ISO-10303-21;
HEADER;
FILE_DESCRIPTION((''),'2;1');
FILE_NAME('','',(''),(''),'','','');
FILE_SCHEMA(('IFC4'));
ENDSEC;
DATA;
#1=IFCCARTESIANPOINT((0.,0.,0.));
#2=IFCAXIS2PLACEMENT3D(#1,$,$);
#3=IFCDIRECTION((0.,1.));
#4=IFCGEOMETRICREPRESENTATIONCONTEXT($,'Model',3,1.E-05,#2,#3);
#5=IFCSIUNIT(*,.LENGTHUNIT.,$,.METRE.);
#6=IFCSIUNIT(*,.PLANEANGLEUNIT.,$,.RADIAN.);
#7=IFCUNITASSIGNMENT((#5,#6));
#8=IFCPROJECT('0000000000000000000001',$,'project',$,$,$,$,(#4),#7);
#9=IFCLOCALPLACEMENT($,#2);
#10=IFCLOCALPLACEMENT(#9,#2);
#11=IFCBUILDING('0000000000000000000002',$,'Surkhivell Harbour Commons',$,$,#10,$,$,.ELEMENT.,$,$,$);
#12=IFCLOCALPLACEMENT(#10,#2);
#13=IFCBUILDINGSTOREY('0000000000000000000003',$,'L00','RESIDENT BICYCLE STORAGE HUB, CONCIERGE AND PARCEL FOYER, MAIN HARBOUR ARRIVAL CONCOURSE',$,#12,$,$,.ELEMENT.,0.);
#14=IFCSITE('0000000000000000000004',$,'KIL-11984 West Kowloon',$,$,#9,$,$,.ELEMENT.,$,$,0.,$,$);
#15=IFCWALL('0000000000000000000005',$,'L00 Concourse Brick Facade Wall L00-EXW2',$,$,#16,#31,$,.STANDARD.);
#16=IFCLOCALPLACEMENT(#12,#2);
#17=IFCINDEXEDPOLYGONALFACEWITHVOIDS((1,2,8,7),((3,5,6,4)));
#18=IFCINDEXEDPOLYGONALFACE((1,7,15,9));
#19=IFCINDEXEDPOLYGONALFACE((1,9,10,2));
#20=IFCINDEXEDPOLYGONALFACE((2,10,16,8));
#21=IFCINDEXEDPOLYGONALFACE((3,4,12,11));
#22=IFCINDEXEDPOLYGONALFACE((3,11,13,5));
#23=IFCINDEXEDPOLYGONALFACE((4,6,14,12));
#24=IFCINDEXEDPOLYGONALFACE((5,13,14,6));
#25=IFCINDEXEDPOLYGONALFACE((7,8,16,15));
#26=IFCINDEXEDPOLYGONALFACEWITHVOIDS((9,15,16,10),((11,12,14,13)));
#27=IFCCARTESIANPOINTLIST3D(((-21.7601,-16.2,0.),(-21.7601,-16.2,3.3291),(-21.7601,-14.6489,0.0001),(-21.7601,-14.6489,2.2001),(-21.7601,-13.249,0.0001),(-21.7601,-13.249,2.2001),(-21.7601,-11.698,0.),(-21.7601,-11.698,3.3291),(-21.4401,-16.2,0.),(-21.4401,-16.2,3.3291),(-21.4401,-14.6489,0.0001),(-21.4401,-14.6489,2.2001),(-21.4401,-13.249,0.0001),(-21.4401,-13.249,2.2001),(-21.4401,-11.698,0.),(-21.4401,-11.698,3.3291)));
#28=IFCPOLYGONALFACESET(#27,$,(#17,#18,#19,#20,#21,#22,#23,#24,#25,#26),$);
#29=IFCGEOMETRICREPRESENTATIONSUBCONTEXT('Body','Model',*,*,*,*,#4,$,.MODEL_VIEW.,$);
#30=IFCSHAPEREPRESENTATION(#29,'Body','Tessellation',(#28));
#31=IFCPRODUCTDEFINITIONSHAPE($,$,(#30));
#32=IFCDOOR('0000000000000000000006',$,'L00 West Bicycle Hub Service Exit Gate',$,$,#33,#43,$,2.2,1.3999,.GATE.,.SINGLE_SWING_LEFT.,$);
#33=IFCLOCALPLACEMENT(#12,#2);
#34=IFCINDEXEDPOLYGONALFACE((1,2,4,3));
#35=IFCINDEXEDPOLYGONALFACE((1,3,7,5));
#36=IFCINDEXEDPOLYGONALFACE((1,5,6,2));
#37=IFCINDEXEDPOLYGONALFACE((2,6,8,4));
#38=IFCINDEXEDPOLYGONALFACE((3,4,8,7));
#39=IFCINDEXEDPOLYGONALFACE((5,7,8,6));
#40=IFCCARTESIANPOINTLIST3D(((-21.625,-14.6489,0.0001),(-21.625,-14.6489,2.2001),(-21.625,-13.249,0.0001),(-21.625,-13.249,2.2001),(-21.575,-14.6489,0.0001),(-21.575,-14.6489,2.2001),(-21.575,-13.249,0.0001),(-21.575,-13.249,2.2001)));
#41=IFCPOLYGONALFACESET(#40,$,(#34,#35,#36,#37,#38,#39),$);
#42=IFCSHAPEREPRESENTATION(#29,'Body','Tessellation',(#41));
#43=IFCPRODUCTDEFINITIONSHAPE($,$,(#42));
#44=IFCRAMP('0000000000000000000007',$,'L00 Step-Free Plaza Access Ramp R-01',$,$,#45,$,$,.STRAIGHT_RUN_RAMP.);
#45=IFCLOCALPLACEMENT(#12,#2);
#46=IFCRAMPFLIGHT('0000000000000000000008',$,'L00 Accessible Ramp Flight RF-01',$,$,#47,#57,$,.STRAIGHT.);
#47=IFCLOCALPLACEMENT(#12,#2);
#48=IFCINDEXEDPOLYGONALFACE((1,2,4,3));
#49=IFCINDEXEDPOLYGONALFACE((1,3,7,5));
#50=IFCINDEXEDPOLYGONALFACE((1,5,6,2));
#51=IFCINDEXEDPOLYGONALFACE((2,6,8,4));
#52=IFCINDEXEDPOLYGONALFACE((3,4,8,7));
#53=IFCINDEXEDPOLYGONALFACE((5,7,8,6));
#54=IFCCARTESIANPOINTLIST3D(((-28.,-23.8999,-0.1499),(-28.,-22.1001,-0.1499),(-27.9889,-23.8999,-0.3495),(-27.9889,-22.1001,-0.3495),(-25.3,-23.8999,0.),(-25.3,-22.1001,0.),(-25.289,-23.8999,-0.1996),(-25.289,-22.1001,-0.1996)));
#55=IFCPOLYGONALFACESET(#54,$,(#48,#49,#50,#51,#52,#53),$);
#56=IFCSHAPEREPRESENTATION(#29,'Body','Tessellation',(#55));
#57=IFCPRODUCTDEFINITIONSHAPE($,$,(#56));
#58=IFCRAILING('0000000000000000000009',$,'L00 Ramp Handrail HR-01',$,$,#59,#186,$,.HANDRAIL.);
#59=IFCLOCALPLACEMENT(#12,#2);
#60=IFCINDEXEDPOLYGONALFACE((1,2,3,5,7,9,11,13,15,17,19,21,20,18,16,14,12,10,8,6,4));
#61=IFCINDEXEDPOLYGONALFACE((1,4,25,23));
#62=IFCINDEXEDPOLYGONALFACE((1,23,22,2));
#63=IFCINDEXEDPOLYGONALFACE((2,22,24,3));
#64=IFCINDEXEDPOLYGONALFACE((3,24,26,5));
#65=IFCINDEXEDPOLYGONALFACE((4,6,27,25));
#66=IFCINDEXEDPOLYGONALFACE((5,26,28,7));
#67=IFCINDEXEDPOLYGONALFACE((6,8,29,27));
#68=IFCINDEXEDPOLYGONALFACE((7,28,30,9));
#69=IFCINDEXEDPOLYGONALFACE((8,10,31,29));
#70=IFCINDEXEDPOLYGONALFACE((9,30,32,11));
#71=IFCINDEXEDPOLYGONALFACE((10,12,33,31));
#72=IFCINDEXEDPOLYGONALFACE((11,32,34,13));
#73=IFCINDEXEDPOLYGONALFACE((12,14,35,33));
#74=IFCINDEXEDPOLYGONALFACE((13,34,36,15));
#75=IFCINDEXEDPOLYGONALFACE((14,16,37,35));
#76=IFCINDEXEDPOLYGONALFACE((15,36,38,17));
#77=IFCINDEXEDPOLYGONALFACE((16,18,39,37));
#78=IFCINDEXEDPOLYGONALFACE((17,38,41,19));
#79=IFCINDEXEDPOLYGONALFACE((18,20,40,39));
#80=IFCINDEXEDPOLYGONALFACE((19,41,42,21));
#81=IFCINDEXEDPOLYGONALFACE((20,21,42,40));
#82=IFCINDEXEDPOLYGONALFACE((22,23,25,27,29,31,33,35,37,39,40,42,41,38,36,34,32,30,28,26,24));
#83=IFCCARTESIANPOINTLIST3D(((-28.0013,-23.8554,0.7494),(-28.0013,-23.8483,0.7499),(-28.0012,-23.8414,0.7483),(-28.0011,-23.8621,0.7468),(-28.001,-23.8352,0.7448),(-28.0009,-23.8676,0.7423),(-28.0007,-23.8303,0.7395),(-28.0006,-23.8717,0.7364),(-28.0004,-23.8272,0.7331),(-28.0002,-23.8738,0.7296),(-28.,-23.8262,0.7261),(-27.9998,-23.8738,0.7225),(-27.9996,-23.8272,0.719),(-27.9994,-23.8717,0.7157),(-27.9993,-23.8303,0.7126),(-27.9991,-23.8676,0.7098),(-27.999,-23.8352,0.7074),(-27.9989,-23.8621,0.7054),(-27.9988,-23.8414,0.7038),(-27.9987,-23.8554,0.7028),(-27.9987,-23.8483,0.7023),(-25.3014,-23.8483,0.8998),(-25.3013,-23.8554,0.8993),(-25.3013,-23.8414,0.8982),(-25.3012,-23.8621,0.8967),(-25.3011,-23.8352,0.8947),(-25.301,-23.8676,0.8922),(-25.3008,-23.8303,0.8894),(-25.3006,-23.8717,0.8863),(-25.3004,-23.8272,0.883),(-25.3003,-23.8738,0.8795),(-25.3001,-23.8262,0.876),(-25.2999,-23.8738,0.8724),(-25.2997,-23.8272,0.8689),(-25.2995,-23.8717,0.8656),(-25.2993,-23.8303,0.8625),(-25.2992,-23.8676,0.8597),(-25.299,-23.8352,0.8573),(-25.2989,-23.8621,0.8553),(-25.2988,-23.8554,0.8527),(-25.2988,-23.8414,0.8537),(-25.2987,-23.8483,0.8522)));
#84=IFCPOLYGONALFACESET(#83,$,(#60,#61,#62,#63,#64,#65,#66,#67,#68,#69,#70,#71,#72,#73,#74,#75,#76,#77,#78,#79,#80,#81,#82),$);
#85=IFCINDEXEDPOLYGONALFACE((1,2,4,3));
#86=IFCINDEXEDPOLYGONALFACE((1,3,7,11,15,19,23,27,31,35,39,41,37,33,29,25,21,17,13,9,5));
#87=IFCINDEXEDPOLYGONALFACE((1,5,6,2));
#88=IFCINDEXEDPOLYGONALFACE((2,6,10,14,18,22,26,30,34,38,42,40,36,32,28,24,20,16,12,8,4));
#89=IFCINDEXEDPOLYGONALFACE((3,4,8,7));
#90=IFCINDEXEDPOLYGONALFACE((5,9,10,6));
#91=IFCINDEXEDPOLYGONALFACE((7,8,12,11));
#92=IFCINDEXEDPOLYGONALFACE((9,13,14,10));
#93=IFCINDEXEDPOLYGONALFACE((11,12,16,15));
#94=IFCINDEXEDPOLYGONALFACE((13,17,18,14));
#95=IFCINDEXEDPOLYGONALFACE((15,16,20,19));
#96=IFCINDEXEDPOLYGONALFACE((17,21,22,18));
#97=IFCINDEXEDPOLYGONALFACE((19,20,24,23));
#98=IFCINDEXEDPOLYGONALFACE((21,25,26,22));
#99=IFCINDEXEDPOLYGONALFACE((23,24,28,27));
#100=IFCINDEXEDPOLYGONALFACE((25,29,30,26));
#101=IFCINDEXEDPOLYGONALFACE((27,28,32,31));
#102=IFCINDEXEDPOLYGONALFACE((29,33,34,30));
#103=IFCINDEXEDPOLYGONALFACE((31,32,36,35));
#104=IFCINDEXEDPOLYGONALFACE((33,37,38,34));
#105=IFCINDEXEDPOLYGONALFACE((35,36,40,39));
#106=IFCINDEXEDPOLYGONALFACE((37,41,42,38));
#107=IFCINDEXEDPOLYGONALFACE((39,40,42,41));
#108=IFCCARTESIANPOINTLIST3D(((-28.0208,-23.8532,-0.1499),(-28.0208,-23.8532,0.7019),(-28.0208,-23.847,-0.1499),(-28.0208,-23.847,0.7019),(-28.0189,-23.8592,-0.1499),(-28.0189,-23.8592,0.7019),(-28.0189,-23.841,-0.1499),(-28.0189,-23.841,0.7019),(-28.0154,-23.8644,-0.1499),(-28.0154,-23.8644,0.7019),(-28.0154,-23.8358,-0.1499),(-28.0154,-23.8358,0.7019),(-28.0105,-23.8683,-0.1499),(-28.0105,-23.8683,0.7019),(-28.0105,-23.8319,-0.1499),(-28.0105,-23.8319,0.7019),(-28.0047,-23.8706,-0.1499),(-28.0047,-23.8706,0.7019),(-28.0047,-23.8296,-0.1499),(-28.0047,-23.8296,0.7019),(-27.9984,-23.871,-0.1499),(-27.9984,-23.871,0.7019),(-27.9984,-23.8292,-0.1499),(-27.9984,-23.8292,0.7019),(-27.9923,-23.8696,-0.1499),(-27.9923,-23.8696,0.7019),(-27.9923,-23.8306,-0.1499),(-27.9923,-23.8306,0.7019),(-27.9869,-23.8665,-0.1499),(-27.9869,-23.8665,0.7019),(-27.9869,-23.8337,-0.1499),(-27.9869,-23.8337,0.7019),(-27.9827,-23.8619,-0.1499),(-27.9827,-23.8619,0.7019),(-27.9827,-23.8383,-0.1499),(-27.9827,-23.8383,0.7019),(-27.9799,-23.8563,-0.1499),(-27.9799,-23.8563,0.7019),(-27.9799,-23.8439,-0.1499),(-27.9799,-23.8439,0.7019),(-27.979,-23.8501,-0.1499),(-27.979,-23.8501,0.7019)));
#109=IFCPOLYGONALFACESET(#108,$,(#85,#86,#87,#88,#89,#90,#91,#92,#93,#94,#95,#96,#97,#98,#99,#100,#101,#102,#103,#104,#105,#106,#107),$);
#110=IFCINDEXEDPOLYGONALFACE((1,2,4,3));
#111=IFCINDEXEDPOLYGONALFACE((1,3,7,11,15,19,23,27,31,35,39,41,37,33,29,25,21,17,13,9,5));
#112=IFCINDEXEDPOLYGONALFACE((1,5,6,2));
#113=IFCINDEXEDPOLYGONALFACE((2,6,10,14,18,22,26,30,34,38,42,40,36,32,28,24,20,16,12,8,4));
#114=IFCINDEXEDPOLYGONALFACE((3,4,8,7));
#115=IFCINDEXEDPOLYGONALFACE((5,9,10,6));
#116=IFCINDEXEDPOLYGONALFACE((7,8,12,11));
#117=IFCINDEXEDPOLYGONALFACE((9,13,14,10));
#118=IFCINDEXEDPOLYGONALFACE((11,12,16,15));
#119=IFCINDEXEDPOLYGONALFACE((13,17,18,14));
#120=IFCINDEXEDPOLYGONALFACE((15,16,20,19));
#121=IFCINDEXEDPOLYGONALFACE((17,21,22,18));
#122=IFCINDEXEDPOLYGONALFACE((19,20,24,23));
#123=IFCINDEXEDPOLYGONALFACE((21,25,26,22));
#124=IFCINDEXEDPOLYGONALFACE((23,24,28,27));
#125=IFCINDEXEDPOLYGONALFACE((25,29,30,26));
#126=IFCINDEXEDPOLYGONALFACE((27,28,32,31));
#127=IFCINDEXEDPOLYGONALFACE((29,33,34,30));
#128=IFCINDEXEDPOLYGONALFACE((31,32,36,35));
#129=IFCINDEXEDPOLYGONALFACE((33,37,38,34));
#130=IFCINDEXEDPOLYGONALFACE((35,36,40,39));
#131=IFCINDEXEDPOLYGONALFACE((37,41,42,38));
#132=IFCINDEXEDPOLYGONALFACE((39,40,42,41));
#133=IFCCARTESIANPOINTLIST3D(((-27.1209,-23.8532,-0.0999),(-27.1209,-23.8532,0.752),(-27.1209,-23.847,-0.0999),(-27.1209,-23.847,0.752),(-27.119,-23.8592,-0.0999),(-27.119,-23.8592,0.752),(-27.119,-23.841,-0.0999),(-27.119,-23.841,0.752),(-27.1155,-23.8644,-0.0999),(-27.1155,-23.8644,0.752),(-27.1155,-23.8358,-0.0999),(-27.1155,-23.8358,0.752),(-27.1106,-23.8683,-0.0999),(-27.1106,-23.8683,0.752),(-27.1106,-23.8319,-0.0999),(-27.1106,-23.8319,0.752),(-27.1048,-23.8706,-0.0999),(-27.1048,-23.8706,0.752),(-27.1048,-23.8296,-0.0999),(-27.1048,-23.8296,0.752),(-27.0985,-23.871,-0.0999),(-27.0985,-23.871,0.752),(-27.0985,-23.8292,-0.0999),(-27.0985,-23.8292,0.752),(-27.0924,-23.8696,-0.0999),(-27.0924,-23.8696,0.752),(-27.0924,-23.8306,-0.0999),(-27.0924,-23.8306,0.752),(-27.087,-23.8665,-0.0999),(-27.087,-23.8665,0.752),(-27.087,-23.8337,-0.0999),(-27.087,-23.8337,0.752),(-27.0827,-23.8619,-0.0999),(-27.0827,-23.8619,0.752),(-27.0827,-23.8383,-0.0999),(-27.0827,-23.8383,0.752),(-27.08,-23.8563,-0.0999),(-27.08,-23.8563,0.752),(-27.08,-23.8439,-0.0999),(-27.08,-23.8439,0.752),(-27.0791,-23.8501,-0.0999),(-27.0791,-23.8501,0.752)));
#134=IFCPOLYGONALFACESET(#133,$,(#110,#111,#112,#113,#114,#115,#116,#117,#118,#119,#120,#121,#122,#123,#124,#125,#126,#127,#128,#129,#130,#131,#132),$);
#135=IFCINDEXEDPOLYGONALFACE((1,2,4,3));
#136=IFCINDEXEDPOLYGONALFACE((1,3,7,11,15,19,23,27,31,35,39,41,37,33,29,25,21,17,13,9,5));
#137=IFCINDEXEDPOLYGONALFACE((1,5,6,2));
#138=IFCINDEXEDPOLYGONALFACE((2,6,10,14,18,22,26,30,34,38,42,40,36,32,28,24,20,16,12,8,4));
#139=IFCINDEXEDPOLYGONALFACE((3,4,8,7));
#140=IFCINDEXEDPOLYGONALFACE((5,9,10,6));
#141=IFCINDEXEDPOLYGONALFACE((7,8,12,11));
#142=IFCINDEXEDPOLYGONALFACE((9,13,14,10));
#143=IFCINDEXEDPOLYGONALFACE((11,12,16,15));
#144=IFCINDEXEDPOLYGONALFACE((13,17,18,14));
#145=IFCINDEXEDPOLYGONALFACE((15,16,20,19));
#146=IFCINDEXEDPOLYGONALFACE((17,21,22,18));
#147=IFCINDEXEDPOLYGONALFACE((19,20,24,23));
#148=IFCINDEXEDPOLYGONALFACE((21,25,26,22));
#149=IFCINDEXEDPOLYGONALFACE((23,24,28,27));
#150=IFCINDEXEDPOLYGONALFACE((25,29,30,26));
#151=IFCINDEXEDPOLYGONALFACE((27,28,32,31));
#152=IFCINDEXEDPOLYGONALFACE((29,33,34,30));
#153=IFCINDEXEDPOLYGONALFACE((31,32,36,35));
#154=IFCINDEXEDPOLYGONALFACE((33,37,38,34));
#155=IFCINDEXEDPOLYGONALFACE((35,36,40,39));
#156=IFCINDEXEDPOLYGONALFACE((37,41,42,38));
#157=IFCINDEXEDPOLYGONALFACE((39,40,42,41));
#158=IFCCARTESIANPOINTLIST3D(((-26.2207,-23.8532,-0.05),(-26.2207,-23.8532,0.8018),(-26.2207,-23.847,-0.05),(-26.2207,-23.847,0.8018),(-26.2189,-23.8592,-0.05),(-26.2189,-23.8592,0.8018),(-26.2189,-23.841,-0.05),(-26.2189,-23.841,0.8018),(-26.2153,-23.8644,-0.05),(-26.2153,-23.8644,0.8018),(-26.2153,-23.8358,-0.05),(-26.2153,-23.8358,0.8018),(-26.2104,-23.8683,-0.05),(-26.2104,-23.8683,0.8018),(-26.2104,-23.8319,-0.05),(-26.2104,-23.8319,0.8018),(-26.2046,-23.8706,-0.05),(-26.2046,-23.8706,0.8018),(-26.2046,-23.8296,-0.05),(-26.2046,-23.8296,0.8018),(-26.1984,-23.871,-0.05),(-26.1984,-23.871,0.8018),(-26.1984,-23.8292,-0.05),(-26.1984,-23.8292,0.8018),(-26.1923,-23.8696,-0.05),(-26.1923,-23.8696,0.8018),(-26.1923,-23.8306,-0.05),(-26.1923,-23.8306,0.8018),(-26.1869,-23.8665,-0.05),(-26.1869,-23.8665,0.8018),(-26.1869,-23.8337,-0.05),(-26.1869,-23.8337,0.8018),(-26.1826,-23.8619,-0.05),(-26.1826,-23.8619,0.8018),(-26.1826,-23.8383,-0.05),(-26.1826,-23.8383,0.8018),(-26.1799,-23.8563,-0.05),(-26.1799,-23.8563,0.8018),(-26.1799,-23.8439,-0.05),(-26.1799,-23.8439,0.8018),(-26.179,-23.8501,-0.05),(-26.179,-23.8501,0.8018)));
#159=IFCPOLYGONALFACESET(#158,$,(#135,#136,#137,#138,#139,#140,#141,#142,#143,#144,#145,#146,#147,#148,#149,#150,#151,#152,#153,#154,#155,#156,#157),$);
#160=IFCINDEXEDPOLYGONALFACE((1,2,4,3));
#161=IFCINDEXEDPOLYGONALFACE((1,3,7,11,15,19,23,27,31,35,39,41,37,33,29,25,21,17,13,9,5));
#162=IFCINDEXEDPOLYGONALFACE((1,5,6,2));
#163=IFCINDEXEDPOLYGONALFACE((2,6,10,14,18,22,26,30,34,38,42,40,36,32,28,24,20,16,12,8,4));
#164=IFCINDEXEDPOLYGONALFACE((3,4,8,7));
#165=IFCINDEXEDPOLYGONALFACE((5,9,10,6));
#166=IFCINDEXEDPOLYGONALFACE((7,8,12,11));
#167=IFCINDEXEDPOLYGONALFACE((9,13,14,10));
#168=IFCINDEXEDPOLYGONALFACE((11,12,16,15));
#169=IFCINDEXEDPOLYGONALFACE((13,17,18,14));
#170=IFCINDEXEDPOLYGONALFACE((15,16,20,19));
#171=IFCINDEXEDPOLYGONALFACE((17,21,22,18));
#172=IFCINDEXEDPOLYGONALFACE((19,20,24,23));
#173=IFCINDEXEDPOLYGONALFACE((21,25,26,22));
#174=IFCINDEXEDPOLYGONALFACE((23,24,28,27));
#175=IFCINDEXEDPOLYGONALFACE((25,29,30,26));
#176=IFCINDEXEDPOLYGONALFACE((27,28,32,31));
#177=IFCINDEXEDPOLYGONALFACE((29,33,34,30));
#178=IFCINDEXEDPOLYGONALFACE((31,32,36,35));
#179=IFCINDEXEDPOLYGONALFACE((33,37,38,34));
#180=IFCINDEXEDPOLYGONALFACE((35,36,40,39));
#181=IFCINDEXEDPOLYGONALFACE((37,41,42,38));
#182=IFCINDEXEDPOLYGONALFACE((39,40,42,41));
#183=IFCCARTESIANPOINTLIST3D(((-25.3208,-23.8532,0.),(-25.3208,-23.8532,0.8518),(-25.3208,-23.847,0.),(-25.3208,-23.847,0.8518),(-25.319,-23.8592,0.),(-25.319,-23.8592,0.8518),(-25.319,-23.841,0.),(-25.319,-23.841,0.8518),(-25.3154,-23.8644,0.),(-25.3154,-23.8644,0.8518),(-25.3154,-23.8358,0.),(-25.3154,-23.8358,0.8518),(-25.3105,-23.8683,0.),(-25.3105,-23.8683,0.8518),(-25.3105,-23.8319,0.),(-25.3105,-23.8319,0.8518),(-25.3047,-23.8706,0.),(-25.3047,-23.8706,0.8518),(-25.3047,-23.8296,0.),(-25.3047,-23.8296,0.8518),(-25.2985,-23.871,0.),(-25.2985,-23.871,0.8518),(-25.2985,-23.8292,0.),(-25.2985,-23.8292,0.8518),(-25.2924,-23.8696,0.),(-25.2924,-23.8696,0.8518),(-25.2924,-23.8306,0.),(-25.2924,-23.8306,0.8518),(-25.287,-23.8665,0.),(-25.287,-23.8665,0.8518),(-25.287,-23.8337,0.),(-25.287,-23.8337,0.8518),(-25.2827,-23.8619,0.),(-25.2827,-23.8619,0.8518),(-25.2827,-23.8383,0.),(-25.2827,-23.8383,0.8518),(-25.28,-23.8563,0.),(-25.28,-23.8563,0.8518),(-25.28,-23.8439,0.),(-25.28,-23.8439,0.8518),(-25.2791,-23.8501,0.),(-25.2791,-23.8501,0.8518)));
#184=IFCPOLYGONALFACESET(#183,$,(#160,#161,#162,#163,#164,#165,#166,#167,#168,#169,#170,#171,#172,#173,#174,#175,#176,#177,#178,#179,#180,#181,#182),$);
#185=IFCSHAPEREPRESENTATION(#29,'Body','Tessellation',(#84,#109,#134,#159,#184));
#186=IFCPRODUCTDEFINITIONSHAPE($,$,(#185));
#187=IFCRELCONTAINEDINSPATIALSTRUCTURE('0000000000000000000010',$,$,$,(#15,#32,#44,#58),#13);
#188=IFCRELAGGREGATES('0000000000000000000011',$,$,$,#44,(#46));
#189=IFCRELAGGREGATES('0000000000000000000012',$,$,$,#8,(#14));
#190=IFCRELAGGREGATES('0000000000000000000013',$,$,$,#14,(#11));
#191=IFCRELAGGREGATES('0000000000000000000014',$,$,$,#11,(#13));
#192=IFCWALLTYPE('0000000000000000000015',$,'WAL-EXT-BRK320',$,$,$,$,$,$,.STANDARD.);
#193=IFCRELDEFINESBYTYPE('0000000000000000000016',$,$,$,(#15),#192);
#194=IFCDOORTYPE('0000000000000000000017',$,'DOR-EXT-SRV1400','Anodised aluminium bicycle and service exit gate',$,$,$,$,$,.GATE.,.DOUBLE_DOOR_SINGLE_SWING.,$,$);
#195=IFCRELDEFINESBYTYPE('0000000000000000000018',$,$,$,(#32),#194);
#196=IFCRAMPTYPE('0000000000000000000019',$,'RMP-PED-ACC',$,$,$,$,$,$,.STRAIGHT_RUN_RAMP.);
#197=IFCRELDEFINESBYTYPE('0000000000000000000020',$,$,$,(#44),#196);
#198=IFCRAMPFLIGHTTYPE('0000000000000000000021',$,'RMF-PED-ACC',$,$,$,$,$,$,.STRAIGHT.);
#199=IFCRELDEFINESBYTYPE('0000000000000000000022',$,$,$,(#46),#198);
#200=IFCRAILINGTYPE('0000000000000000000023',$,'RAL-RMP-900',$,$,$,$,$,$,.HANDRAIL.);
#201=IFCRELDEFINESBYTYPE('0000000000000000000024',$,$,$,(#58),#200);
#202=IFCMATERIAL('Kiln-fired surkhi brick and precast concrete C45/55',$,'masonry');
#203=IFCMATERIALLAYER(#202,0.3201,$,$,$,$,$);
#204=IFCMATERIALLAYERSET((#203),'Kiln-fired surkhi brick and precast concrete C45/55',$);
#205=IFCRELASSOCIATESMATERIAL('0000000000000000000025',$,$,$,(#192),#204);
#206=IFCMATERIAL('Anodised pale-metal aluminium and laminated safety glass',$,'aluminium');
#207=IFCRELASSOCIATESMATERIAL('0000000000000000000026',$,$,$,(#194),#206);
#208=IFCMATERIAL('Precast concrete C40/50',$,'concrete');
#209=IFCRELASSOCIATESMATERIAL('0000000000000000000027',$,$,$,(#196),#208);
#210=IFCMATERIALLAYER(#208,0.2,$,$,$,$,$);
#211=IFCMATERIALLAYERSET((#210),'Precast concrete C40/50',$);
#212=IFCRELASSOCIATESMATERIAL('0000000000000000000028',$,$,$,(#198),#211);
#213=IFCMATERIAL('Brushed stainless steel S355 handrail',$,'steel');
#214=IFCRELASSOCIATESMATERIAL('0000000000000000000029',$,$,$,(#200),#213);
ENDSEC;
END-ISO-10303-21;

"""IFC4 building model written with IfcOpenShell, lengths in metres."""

from ifc_helpers import new_model, si_unit, direction, frame, frame_2d, origin, origin_2d, place, context, subcontext, project, spatial, polyline, rectangle, circle, outline, extrude, material, layer, layer_set, type_object, element, fill, aggregate, save


model = new_model("IFC4")

# Units and contexts
model_context = context("Model", 3, precision=1e-05, world=origin(), true_north=direction((0.0, 1.0)))
body_context = subcontext(model_context, "Body", "Model", "MODEL_VIEW")
ifc_project = project(units=[si_unit("LENGTHUNIT", "METRE"), si_unit("PLANEANGLEUNIT", "RADIAN")], contexts=[model_context])

# Site, building, storey
site_placement = place(None, origin())
site = spatial("IfcSite", under=ifc_project, at=site_placement, Name="KIL-11984 West Kowloon", CompositionType="ELEMENT", RefElevation=0.0)
building_placement = place(site_placement, origin())
building = spatial("IfcBuilding", under=site, at=building_placement, Name="Surkhivell Harbour Commons", CompositionType="ELEMENT")
storey_placement = place(building_placement, origin())
storey = spatial("IfcBuildingStorey", under=building, at=storey_placement, Name="L00", Description="RESIDENT BICYCLE STORAGE HUB, CONCIERGE AND PARCEL FOYER, MAIN HARBOUR ARRIVAL CONCOURSE", CompositionType="ELEMENT", Elevation=0.0)

# Wall, opening, door
ifc_material_1 = material(Name="Kiln-fired surkhi brick and precast concrete C45/55", Category="masonry")
ifc_layer_1 = layer(ifc_material_1, 0.3201)
ifc_layer_set_1 = layer_set([ifc_layer_1], Name="Kiln-fired surkhi brick and precast concrete C45/55")
wall_type = type_object("IfcWallType", Name="WAL-EXT-BRK320", PredefinedType="STANDARD", material=ifc_layer_set_1)
wall_placement = place(storey_placement, frame((-21.6001, -16.2, 0.0), z_axis=(0.0, 0.0, 1.0), x_axis=(0.0, 1.0, 0.0)))
wall = element("IfcWall", 1, at=wall_placement, inside=storey, type_object=wall_type, Name="L00 Concourse Brick Facade Wall L00-EXW2", PredefinedType="STANDARD", context=body_context, shape_type="SweptSolid", body=[
    extrude(rectangle(XDim=4.502, YDim=0.3201, at=frame_2d((2.251, 0.0))), origin(), (0.0, 0.0, 1.0), 3.3291),
])
opening_placement = place(wall_placement, frame((1.551, 0.0, 0.0)))
opening = element("IfcOpeningElement", 2, at=opening_placement, cuts=wall, PredefinedType="OPENING", context=body_context, shape_type="SweptSolid", body=[
    extrude(rectangle(XDim=1.3999, YDim=2.2, at=frame_2d((0.7, 1.1001))), frame((0.0, 0.1699, 0.0), z_axis=(0.0, -1.0, 0.0), x_axis=(1.0, 0.0, 0.0)), (0.0, 0.0, 1.0), 0.3401),
])
ifc_material_2 = material(Name="Anodised pale-metal aluminium and laminated safety glass", Category="aluminium")
door_type = type_object("IfcDoorType", Name="DOR-EXT-SRV1400", Description="Anodised aluminium bicycle and service exit gate", OperationType="DOUBLE_DOOR_SINGLE_SWING", PredefinedType="GATE", material=ifc_material_2)
door_placement = place(opening_placement, origin())
door = element("IfcDoor", 3, at=door_placement, inside=storey, type_object=door_type, Name="L00 West Bicycle Hub Service Exit Gate", OperationType="SINGLE_SWING_LEFT", OverallHeight=2.2, OverallWidth=1.3999, PredefinedType="GATE", context=body_context, shape_type="SweptSolid", body=[
    extrude(rectangle(XDim=1.3999, YDim=2.2, at=frame_2d((0.7, 1.1001))), frame((0.0, 0.0249, 0.0), z_axis=(0.0, -1.0, 0.0), x_axis=(1.0, 0.0, 0.0)), (0.0, 0.0, 1.0), 0.05),
])
fill(opening, door)

# Ramp, ramp flight
ifc_material_3 = material(Name="Precast concrete C40/50", Category="concrete")
ramp_type = type_object("IfcRampType", Name="RMP-PED-ACC", PredefinedType="STRAIGHT_RUN_RAMP", material=ifc_material_3)
ramp_placement = place(storey_placement, origin())
ramp = element("IfcRamp", 4, at=ramp_placement, inside=storey, type_object=ramp_type, Name="L00 Step-Free Plaza Access Ramp R-01", PredefinedType="STRAIGHT_RUN_RAMP")
ifc_layer_2 = layer(ifc_material_3, 0.2)
ifc_layer_set_2 = layer_set([ifc_layer_2], Name="Precast concrete C40/50")
ramp_flight_type = type_object("IfcRampFlightType", Name="RMF-PED-ACC", PredefinedType="STRAIGHT", material=ifc_layer_set_2)
ramp_flight_placement = place(storey_placement, frame((-28.0, -23.8999, -0.1499), z_axis=(-0.055435, 0.0, 0.998462), x_axis=(0.998462, 0.0, 0.055435)))
ramp_flight = element("IfcRampFlight", 5, at=ramp_flight_placement, type_object=ramp_flight_type, Name="L00 Accessible Ramp Flight RF-01", PredefinedType="STRAIGHT", context=body_context, shape_type="SweptSolid", body=[
    extrude(outline(polyline([(0.0, 0.0), (2.7041, 0.0), (2.7041, 1.7998), (0.0, 1.7998), (0.0, 0.0)])), origin(), (0.0, 0.0, -1.0), 0.2),
])
aggregate(ramp, [ramp_flight])

# Railing
ifc_material_4 = material(Name="Brushed stainless steel S355 handrail", Category="steel")
railing_type = type_object("IfcRailingType", Name="RAL-RMP-900", PredefinedType="HANDRAIL", material=ifc_material_4)
railing_placement = place(storey_placement, frame((-28.0, -23.8501, -0.1499)))
element("IfcRailing", 6, at=railing_placement, inside=storey, type_object=railing_type, Name="L00 Ramp Handrail HR-01", PredefinedType="HANDRAIL", context=body_context, shape_type="SweptSolid", body=[
    extrude(circle(Radius=0.0239, at=origin_2d()), frame((0.0, 0.0, 0.876), z_axis=(0.998462, 0.0, 0.055435), x_axis=(0.0, 1.0, 0.0)), (0.0, 0.0, 1.0), 2.7041),
    extrude(circle(Radius=0.021, at=origin_2d()), origin(), (0.0, 0.0, 1.0), 0.8518),
    extrude(circle(Radius=0.021, at=origin_2d()), frame((0.8999, 0.0, 0.05)), (0.0, 0.0, 1.0), 0.8518),
    extrude(circle(Radius=0.021, at=origin_2d()), frame((1.8, 0.0, 0.0999)), (0.0, 0.0, 1.0), 0.8518),
    extrude(circle(Radius=0.021, at=origin_2d()), frame((2.7, 0.0, 0.1499)), (0.0, 0.0, 1.0), 0.8518),
])

save(model, "model.ifc")
